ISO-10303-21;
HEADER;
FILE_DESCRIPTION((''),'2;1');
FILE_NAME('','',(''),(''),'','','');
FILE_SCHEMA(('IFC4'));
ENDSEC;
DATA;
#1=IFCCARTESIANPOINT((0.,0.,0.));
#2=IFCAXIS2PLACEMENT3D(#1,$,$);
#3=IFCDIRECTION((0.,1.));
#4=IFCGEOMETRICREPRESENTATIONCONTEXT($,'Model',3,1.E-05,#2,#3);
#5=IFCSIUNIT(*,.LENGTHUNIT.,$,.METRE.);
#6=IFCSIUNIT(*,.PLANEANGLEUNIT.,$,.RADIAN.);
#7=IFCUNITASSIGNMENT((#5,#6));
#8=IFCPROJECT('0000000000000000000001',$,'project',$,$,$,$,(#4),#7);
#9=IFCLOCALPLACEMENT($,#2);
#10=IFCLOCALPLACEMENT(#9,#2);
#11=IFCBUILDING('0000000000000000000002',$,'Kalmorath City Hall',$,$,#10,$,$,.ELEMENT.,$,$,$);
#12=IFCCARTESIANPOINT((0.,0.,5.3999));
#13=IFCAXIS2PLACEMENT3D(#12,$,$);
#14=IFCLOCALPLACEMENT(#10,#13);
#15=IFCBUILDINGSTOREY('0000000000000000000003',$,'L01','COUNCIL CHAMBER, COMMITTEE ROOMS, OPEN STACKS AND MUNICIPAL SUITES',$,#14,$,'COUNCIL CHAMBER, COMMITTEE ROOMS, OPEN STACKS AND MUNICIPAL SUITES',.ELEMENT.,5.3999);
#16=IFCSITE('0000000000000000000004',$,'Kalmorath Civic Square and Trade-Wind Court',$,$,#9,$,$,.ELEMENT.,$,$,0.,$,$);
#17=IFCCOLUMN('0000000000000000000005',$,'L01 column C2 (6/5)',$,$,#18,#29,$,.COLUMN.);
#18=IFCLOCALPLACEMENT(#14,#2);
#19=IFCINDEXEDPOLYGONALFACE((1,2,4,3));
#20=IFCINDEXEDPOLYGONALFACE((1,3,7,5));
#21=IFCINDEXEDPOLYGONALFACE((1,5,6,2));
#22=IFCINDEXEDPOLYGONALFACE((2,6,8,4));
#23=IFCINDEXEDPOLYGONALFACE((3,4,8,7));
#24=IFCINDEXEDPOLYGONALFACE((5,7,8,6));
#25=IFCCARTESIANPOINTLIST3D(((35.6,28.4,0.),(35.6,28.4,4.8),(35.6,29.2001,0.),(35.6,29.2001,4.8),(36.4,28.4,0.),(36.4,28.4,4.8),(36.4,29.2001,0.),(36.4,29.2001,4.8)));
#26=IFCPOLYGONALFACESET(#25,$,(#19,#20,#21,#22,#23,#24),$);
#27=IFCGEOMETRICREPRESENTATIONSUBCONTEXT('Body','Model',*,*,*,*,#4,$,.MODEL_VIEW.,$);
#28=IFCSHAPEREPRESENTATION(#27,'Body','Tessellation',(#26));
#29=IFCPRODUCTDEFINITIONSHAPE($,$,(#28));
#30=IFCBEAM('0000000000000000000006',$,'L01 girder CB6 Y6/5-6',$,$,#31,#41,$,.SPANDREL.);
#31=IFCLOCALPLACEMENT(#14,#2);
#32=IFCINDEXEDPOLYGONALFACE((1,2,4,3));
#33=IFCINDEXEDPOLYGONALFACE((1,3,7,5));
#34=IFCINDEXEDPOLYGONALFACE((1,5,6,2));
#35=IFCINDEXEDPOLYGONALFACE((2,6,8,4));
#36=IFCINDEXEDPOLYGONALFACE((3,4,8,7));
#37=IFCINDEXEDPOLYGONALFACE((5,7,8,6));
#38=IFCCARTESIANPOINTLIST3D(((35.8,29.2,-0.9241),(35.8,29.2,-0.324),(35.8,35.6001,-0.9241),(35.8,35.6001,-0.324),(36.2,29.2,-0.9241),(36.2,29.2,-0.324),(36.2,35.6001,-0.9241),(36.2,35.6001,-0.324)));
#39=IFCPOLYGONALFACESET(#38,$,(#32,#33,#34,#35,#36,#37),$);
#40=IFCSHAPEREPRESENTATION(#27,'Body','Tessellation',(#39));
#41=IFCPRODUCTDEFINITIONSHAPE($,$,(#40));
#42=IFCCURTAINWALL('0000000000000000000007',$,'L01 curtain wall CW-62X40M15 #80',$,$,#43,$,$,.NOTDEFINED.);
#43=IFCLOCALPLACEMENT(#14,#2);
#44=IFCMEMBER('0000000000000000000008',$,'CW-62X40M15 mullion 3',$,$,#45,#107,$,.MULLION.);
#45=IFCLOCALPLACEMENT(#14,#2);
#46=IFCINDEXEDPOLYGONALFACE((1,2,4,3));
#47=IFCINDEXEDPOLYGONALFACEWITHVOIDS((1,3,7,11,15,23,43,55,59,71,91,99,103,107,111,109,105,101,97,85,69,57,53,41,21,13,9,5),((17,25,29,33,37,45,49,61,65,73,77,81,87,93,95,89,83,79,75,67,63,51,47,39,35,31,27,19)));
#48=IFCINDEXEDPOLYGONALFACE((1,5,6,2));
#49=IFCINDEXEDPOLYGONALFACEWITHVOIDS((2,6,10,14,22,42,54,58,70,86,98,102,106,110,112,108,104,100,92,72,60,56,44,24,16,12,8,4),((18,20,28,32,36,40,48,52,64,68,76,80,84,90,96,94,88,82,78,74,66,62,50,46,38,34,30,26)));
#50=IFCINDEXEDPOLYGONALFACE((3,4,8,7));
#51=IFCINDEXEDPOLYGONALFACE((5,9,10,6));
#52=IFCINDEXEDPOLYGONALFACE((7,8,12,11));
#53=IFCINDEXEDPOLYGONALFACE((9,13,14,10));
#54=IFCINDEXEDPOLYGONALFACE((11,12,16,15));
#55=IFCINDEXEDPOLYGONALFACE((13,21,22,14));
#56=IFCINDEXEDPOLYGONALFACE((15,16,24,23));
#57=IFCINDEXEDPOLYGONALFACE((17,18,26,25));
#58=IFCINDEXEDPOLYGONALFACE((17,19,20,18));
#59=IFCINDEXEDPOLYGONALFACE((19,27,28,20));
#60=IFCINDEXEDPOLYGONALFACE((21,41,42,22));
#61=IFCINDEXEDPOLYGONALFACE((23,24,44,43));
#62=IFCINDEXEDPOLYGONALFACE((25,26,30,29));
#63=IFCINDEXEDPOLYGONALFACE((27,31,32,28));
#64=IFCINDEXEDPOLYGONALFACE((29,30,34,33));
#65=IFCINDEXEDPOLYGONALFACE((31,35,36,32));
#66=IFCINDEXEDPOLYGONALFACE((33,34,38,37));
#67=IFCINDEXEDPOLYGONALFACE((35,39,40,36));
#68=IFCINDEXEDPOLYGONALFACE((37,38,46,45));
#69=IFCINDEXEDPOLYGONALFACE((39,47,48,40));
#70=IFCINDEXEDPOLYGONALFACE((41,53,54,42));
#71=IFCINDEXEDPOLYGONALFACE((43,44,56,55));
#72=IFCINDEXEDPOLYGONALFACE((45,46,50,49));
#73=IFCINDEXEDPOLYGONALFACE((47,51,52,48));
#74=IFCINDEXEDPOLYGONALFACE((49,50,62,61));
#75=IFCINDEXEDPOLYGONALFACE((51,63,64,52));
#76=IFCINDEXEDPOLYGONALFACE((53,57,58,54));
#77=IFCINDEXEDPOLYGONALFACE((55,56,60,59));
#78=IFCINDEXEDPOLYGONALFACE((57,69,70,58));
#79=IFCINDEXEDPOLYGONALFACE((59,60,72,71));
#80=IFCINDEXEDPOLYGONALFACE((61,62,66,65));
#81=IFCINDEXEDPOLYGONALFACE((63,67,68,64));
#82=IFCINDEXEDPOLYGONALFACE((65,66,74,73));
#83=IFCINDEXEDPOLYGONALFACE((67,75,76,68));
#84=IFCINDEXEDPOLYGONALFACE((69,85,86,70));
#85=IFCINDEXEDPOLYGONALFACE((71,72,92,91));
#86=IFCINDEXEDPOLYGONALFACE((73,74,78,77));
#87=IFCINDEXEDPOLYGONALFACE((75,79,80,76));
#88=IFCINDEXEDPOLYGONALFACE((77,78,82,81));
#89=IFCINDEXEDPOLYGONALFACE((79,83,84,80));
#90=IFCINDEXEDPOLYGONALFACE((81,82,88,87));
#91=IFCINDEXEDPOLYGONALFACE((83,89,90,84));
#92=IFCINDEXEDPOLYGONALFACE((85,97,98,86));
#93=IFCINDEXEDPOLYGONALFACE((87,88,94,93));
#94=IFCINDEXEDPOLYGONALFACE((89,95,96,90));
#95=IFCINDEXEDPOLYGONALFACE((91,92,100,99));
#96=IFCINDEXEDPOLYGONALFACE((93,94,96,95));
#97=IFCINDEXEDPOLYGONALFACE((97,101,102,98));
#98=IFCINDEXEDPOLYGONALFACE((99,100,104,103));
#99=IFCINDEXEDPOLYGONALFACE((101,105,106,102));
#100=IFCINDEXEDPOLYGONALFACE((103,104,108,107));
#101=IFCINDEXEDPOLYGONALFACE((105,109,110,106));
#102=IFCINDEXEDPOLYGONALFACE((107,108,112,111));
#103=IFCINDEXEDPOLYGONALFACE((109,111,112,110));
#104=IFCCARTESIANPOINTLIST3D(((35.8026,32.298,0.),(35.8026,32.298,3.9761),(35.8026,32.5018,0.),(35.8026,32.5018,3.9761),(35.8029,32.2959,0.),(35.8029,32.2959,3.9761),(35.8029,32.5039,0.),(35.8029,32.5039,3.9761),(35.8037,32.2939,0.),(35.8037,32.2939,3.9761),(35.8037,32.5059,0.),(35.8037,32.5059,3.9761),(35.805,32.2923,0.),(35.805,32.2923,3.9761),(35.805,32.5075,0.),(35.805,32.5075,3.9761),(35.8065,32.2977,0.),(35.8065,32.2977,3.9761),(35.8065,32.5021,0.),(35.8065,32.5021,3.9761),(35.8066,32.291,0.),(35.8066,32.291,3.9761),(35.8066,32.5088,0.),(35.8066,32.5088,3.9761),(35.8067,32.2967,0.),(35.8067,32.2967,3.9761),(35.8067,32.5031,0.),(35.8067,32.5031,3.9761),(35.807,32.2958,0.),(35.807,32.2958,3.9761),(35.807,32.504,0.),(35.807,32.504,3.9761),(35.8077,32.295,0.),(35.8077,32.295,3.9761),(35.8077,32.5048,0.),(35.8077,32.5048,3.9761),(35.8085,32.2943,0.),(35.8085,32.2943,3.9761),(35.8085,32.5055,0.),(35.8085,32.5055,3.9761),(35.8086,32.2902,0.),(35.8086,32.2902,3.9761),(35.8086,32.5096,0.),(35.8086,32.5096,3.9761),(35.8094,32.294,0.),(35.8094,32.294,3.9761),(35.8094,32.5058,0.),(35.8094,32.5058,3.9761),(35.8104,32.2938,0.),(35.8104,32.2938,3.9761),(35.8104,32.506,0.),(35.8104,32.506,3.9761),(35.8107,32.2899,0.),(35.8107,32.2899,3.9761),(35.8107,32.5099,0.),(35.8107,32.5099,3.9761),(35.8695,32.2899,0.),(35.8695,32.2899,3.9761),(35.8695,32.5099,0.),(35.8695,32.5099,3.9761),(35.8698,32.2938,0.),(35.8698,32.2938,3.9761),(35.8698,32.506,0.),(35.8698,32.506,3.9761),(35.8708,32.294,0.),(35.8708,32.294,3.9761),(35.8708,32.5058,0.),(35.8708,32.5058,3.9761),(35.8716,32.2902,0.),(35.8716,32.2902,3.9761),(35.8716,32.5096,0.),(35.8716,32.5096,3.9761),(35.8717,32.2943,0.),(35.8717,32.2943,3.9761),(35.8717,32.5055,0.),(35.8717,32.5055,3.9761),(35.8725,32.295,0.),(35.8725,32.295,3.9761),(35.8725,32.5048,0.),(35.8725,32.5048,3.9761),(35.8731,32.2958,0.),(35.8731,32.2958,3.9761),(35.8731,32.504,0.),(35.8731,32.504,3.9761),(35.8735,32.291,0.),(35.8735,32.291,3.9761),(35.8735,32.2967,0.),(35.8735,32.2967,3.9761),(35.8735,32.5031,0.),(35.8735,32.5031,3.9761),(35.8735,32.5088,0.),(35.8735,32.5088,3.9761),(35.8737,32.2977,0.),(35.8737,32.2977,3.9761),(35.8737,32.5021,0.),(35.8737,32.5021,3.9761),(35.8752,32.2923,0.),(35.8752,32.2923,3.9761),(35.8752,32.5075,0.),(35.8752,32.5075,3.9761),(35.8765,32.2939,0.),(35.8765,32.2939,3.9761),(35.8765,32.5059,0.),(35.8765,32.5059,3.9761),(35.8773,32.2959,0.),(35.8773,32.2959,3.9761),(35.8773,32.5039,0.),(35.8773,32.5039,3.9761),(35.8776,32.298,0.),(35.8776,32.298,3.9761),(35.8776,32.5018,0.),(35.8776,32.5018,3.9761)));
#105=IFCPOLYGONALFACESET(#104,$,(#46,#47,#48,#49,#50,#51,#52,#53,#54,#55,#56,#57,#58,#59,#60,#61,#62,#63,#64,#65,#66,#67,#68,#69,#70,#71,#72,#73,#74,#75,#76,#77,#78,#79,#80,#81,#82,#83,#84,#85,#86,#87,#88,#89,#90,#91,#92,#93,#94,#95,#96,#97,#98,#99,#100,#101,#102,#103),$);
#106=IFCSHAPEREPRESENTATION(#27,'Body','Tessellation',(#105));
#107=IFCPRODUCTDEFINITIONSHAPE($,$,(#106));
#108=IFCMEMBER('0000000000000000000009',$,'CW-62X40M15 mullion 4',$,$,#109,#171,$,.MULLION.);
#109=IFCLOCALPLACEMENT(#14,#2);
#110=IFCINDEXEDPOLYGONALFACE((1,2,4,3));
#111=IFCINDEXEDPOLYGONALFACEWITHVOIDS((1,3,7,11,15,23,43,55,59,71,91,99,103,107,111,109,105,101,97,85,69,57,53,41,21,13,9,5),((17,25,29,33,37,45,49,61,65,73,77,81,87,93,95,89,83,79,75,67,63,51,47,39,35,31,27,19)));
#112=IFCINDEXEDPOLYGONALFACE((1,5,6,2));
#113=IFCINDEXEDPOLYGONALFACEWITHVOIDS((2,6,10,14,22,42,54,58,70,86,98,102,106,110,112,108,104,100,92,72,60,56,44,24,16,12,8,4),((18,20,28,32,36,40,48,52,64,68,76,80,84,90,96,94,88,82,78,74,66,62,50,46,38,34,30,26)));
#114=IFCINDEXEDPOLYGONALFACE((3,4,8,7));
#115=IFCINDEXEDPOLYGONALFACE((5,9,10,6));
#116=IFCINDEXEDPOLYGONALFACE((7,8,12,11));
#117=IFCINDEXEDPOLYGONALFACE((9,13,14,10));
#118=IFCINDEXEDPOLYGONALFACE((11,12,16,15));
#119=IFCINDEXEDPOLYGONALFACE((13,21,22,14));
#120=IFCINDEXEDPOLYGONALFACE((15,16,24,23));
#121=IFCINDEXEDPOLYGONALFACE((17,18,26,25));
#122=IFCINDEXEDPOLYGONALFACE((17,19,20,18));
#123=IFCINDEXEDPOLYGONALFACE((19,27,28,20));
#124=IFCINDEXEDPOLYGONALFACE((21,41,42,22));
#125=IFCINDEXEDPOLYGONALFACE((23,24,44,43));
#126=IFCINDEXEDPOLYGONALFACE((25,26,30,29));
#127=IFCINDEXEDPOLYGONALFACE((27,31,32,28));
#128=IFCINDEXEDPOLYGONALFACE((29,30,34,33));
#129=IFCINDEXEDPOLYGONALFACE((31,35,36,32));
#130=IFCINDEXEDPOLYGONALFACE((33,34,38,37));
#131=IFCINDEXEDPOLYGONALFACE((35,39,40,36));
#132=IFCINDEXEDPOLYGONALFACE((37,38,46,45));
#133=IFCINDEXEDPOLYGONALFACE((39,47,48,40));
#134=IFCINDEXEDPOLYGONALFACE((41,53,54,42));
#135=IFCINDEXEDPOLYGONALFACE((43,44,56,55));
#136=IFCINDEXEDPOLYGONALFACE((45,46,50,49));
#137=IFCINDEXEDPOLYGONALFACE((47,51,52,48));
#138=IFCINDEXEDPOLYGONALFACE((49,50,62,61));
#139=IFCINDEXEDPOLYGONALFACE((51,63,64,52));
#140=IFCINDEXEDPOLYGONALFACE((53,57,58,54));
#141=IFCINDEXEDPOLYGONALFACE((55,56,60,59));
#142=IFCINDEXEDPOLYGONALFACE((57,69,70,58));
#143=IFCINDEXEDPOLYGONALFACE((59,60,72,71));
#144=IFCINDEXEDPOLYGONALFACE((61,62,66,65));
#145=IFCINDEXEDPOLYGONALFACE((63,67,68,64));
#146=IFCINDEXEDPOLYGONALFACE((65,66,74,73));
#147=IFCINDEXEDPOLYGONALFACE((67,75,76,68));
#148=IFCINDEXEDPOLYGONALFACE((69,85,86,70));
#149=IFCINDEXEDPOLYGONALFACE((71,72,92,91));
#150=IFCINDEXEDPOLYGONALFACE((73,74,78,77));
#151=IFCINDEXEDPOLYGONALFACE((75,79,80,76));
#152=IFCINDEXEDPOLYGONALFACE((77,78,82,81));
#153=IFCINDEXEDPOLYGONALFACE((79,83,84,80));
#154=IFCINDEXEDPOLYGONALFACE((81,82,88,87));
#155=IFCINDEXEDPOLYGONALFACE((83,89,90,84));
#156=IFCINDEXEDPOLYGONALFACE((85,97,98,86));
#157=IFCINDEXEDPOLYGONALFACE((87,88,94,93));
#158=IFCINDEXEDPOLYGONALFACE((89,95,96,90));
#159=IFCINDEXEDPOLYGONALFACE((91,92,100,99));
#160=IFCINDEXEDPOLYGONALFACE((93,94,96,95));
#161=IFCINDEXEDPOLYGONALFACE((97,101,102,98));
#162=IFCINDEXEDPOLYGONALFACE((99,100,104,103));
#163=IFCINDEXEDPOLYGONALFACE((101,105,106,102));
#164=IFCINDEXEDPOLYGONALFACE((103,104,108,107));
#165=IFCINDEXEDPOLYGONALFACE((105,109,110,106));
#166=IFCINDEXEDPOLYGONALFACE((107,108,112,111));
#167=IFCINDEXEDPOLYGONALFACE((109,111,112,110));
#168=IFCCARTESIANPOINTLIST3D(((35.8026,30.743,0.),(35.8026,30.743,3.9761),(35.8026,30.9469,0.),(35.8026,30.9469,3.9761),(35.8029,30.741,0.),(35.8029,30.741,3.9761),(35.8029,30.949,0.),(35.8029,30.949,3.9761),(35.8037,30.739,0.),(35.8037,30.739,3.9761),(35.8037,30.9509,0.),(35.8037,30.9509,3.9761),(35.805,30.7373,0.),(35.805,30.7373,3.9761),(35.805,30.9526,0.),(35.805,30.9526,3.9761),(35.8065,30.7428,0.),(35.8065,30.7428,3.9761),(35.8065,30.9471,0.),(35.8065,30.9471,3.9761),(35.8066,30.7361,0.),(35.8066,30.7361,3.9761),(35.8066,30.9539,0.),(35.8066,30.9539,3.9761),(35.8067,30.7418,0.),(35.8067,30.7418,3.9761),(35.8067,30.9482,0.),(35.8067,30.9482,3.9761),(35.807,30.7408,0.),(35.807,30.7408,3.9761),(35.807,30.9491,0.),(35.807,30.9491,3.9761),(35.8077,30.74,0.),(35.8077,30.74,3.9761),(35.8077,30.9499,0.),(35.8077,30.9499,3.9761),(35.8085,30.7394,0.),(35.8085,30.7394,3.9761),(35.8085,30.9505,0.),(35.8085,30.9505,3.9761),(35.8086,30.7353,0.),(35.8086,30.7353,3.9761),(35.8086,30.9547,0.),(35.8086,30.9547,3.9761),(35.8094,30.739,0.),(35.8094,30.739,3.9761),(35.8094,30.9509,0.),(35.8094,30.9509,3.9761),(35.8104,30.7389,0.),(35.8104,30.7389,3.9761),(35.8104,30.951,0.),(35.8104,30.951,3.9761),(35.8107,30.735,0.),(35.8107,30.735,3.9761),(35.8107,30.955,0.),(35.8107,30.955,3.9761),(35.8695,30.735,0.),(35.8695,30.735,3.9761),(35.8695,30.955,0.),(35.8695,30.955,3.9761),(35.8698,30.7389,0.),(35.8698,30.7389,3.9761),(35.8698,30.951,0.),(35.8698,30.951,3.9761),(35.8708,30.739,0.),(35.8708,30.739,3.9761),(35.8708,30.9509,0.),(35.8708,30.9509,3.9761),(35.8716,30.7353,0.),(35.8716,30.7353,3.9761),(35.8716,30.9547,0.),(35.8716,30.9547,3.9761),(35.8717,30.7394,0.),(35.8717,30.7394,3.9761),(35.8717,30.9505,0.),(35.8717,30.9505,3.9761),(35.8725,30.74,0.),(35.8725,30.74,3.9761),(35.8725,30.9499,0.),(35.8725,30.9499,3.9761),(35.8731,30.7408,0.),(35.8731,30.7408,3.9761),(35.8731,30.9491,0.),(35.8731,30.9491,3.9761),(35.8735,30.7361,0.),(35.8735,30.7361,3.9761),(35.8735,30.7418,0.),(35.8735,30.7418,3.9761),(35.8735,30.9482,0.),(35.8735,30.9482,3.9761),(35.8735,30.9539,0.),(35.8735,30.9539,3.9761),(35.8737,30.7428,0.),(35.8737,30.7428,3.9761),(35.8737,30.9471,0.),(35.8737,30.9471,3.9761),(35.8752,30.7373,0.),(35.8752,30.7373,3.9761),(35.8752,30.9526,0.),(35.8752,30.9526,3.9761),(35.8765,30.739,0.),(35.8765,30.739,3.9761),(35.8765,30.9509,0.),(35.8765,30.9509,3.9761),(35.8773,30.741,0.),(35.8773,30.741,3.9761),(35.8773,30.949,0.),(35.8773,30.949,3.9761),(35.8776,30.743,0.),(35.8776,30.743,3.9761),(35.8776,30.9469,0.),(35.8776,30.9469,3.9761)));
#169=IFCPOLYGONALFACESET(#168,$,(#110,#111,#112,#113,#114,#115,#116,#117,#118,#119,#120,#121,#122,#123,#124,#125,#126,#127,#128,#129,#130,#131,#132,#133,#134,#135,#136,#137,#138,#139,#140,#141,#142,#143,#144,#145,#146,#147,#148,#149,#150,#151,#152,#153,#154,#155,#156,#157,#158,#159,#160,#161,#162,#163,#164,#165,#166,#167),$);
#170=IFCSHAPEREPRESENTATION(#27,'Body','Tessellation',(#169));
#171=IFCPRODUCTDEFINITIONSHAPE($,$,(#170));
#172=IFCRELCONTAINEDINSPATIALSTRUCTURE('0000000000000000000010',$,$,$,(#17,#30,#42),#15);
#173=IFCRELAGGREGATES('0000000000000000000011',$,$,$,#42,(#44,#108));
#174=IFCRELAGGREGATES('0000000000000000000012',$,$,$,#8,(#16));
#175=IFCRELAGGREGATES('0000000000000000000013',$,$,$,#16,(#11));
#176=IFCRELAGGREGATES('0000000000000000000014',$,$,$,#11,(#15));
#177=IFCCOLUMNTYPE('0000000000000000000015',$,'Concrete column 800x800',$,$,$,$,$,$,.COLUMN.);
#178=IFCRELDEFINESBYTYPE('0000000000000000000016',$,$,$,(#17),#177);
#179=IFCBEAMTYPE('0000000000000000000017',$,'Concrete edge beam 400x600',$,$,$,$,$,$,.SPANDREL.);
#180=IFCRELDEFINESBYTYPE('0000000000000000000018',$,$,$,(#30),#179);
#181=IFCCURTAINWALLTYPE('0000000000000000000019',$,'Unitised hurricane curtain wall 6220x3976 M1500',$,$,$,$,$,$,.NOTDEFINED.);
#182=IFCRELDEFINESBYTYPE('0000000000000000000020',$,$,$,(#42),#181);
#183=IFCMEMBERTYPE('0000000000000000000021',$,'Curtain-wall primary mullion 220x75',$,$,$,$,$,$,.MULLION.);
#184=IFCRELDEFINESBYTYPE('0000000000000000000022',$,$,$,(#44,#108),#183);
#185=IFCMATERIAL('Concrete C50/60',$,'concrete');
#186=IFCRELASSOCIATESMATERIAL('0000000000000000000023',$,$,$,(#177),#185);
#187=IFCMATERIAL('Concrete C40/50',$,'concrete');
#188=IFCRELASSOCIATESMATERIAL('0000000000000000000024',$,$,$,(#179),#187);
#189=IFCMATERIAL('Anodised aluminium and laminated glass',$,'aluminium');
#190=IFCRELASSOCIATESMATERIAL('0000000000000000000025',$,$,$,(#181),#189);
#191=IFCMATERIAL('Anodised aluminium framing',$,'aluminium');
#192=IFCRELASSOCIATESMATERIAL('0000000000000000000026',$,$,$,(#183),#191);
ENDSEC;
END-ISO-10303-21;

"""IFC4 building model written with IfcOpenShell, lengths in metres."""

from ifc_helpers import new_model, si_unit, direction, frame, origin, origin_2d, place, context, subcontext, project, spatial, rectangle, hollow_rectangle, extrude, material, material_profile, profile_set, type_object, element, aggregate, save


model = new_model("IFC4")

# Units and contexts
model_context = context("Model", 3, precision=1e-05, world=origin(), true_north=direction((0.0, 1.0)))
body_context = subcontext(model_context, "Body", "Model", "MODEL_VIEW")
ifc_project = project(units=[si_unit("LENGTHUNIT", "METRE"), si_unit("PLANEANGLEUNIT", "RADIAN")], contexts=[model_context])

# Site, building, storey
site_placement = place(None, origin())
site = spatial("IfcSite", under=ifc_project, at=site_placement, Name="Kalmorath Civic Square and Trade-Wind Court", CompositionType="ELEMENT", RefElevation=0.0)
building_placement = place(site_placement, origin())
building = spatial("IfcBuilding", under=site, at=building_placement, Name="Kalmorath City Hall", CompositionType="ELEMENT")
storey_placement = place(building_placement, frame((0.0, 0.0, 5.3999)))
storey = spatial("IfcBuildingStorey", under=building, at=storey_placement, Name="L01", Description="COUNCIL CHAMBER, COMMITTEE ROOMS, OPEN STACKS AND MUNICIPAL SUITES", LongName="COUNCIL CHAMBER, COMMITTEE ROOMS, OPEN STACKS AND MUNICIPAL SUITES", CompositionType="ELEMENT", Elevation=5.3999)

# Column
ifc_material_1 = material(Name="Concrete C50/60", Category="concrete")
ifc_material_profile_1 = material_profile(ifc_material_1, rectangle(XDim=0.8, YDim=0.8, at=origin_2d()), Name="RC-COL-800X800")
ifc_profile_set_1 = profile_set([ifc_material_profile_1], Name="Concrete C50/60")
column_type = type_object("IfcColumnType", Name="Concrete column 800x800", PredefinedType="COLUMN", material=ifc_profile_set_1)
column_placement = place(storey_placement, frame((36.0, 28.8, 0.0), z_axis=(0.0, 0.0, 1.0), x_axis=(1.0, 0.0, 0.0)))
element("IfcColumn", 1, at=column_placement, inside=storey, type_object=column_type, Name="L01 column C2 (6/5)", PredefinedType="COLUMN", context=body_context, shape_type="SweptSolid", body=[
    extrude(rectangle(XDim=0.8, YDim=0.8, at=origin_2d()), origin(), (0.0, 0.0, 1.0), 4.8),
])

# Beam
ifc_material_2 = material(Name="Concrete C40/50", Category="concrete")
ifc_material_profile_2 = material_profile(ifc_material_2, rectangle(XDim=0.3999, YDim=0.6001, at=origin_2d()), Name="RC-BM-400X600")
ifc_profile_set_2 = profile_set([ifc_material_profile_2], Name="Concrete C40/50")
beam_type_1 = type_object("IfcBeamType", Name="Concrete edge beam 400x600", PredefinedType="SPANDREL", material=ifc_profile_set_2)
beam_1_placement = place(storey_placement, frame((36.0, 29.2, -0.624), z_axis=(0.0, 1.0, 0.0), x_axis=(-1.0, 0.0, 0.0)))
element("IfcBeam", 2, at=beam_1_placement, inside=storey, type_object=beam_type_1, Name="L01 girder CB6 Y6/5-6", PredefinedType="SPANDREL", context=body_context, shape_type="SweptSolid", body=[
    extrude(rectangle(XDim=0.3999, YDim=0.6001, at=origin_2d()), origin(), (0.0, 0.0, 1.0), 6.4001),
])

# Curtain wall, members
ifc_material_3 = material(Name="Anodised aluminium and laminated glass", Category="aluminium")
curtain_wall_type_1 = type_object("IfcCurtainWallType", Name="Unitised hurricane curtain wall 6220x3976 M1500", PredefinedType="NOTDEFINED", material=ifc_material_3)
curtain_wall_1_placement = place(storey_placement, origin())
curtain_wall_1 = element("IfcCurtainWall", 3, at=curtain_wall_1_placement, inside=storey, type_object=curtain_wall_type_1, Name="L01 curtain wall CW-62X40M15 #80", PredefinedType="NOTDEFINED")
ifc_material_4 = material(Name="Anodised aluminium framing", Category="aluminium")
ifc_material_profile_3 = material_profile(ifc_material_4, hollow_rectangle(XDim=0.075, YDim=0.22, WallThickness=0.0039, InnerFilletRadius=0.0039, OuterFilletRadius=0.0081, at=origin_2d()), Name="ALU-MUL-220X75X4")
ifc_profile_set_3 = profile_set([ifc_material_profile_3], Name="Anodised aluminium framing")
member_type_1 = type_object("IfcMemberType", Name="Curtain-wall primary mullion 220x75", PredefinedType="MULLION", material=ifc_profile_set_3)
member_1_placement = place(storey_placement, frame((35.8401, 32.3999, 0.0), z_axis=(0.0, 0.0, 1.0), x_axis=(1.0, 0.0, 0.0)))
member_1 = element("IfcMember", 4, at=member_1_placement, type_object=member_type_1, Name="CW-62X40M15 mullion 3", PredefinedType="MULLION", context=body_context, shape_type="SweptSolid", body=[
    extrude(hollow_rectangle(XDim=0.075, YDim=0.22, WallThickness=0.0039, InnerFilletRadius=0.0039, OuterFilletRadius=0.0081, at=origin_2d()), origin(), (0.0, 0.0, 1.0), 3.9761),
])
member_2_placement = place(storey_placement, frame((35.8401, 30.845, 0.0), z_axis=(0.0, 0.0, 1.0), x_axis=(1.0, 0.0, 0.0)))
member_2 = element("IfcMember", 5, at=member_2_placement, type_object=member_type_1, Name="CW-62X40M15 mullion 4", PredefinedType="MULLION", context=body_context, shape_type="SweptSolid", body=[
    extrude(hollow_rectangle(XDim=0.075, YDim=0.22, WallThickness=0.0039, InnerFilletRadius=0.0039, OuterFilletRadius=0.0081, at=origin_2d()), origin(), (0.0, 0.0, 1.0), 3.9761),
])

aggregate(curtain_wall_1, [member_1, member_2])

save(model, "model.ifc")
